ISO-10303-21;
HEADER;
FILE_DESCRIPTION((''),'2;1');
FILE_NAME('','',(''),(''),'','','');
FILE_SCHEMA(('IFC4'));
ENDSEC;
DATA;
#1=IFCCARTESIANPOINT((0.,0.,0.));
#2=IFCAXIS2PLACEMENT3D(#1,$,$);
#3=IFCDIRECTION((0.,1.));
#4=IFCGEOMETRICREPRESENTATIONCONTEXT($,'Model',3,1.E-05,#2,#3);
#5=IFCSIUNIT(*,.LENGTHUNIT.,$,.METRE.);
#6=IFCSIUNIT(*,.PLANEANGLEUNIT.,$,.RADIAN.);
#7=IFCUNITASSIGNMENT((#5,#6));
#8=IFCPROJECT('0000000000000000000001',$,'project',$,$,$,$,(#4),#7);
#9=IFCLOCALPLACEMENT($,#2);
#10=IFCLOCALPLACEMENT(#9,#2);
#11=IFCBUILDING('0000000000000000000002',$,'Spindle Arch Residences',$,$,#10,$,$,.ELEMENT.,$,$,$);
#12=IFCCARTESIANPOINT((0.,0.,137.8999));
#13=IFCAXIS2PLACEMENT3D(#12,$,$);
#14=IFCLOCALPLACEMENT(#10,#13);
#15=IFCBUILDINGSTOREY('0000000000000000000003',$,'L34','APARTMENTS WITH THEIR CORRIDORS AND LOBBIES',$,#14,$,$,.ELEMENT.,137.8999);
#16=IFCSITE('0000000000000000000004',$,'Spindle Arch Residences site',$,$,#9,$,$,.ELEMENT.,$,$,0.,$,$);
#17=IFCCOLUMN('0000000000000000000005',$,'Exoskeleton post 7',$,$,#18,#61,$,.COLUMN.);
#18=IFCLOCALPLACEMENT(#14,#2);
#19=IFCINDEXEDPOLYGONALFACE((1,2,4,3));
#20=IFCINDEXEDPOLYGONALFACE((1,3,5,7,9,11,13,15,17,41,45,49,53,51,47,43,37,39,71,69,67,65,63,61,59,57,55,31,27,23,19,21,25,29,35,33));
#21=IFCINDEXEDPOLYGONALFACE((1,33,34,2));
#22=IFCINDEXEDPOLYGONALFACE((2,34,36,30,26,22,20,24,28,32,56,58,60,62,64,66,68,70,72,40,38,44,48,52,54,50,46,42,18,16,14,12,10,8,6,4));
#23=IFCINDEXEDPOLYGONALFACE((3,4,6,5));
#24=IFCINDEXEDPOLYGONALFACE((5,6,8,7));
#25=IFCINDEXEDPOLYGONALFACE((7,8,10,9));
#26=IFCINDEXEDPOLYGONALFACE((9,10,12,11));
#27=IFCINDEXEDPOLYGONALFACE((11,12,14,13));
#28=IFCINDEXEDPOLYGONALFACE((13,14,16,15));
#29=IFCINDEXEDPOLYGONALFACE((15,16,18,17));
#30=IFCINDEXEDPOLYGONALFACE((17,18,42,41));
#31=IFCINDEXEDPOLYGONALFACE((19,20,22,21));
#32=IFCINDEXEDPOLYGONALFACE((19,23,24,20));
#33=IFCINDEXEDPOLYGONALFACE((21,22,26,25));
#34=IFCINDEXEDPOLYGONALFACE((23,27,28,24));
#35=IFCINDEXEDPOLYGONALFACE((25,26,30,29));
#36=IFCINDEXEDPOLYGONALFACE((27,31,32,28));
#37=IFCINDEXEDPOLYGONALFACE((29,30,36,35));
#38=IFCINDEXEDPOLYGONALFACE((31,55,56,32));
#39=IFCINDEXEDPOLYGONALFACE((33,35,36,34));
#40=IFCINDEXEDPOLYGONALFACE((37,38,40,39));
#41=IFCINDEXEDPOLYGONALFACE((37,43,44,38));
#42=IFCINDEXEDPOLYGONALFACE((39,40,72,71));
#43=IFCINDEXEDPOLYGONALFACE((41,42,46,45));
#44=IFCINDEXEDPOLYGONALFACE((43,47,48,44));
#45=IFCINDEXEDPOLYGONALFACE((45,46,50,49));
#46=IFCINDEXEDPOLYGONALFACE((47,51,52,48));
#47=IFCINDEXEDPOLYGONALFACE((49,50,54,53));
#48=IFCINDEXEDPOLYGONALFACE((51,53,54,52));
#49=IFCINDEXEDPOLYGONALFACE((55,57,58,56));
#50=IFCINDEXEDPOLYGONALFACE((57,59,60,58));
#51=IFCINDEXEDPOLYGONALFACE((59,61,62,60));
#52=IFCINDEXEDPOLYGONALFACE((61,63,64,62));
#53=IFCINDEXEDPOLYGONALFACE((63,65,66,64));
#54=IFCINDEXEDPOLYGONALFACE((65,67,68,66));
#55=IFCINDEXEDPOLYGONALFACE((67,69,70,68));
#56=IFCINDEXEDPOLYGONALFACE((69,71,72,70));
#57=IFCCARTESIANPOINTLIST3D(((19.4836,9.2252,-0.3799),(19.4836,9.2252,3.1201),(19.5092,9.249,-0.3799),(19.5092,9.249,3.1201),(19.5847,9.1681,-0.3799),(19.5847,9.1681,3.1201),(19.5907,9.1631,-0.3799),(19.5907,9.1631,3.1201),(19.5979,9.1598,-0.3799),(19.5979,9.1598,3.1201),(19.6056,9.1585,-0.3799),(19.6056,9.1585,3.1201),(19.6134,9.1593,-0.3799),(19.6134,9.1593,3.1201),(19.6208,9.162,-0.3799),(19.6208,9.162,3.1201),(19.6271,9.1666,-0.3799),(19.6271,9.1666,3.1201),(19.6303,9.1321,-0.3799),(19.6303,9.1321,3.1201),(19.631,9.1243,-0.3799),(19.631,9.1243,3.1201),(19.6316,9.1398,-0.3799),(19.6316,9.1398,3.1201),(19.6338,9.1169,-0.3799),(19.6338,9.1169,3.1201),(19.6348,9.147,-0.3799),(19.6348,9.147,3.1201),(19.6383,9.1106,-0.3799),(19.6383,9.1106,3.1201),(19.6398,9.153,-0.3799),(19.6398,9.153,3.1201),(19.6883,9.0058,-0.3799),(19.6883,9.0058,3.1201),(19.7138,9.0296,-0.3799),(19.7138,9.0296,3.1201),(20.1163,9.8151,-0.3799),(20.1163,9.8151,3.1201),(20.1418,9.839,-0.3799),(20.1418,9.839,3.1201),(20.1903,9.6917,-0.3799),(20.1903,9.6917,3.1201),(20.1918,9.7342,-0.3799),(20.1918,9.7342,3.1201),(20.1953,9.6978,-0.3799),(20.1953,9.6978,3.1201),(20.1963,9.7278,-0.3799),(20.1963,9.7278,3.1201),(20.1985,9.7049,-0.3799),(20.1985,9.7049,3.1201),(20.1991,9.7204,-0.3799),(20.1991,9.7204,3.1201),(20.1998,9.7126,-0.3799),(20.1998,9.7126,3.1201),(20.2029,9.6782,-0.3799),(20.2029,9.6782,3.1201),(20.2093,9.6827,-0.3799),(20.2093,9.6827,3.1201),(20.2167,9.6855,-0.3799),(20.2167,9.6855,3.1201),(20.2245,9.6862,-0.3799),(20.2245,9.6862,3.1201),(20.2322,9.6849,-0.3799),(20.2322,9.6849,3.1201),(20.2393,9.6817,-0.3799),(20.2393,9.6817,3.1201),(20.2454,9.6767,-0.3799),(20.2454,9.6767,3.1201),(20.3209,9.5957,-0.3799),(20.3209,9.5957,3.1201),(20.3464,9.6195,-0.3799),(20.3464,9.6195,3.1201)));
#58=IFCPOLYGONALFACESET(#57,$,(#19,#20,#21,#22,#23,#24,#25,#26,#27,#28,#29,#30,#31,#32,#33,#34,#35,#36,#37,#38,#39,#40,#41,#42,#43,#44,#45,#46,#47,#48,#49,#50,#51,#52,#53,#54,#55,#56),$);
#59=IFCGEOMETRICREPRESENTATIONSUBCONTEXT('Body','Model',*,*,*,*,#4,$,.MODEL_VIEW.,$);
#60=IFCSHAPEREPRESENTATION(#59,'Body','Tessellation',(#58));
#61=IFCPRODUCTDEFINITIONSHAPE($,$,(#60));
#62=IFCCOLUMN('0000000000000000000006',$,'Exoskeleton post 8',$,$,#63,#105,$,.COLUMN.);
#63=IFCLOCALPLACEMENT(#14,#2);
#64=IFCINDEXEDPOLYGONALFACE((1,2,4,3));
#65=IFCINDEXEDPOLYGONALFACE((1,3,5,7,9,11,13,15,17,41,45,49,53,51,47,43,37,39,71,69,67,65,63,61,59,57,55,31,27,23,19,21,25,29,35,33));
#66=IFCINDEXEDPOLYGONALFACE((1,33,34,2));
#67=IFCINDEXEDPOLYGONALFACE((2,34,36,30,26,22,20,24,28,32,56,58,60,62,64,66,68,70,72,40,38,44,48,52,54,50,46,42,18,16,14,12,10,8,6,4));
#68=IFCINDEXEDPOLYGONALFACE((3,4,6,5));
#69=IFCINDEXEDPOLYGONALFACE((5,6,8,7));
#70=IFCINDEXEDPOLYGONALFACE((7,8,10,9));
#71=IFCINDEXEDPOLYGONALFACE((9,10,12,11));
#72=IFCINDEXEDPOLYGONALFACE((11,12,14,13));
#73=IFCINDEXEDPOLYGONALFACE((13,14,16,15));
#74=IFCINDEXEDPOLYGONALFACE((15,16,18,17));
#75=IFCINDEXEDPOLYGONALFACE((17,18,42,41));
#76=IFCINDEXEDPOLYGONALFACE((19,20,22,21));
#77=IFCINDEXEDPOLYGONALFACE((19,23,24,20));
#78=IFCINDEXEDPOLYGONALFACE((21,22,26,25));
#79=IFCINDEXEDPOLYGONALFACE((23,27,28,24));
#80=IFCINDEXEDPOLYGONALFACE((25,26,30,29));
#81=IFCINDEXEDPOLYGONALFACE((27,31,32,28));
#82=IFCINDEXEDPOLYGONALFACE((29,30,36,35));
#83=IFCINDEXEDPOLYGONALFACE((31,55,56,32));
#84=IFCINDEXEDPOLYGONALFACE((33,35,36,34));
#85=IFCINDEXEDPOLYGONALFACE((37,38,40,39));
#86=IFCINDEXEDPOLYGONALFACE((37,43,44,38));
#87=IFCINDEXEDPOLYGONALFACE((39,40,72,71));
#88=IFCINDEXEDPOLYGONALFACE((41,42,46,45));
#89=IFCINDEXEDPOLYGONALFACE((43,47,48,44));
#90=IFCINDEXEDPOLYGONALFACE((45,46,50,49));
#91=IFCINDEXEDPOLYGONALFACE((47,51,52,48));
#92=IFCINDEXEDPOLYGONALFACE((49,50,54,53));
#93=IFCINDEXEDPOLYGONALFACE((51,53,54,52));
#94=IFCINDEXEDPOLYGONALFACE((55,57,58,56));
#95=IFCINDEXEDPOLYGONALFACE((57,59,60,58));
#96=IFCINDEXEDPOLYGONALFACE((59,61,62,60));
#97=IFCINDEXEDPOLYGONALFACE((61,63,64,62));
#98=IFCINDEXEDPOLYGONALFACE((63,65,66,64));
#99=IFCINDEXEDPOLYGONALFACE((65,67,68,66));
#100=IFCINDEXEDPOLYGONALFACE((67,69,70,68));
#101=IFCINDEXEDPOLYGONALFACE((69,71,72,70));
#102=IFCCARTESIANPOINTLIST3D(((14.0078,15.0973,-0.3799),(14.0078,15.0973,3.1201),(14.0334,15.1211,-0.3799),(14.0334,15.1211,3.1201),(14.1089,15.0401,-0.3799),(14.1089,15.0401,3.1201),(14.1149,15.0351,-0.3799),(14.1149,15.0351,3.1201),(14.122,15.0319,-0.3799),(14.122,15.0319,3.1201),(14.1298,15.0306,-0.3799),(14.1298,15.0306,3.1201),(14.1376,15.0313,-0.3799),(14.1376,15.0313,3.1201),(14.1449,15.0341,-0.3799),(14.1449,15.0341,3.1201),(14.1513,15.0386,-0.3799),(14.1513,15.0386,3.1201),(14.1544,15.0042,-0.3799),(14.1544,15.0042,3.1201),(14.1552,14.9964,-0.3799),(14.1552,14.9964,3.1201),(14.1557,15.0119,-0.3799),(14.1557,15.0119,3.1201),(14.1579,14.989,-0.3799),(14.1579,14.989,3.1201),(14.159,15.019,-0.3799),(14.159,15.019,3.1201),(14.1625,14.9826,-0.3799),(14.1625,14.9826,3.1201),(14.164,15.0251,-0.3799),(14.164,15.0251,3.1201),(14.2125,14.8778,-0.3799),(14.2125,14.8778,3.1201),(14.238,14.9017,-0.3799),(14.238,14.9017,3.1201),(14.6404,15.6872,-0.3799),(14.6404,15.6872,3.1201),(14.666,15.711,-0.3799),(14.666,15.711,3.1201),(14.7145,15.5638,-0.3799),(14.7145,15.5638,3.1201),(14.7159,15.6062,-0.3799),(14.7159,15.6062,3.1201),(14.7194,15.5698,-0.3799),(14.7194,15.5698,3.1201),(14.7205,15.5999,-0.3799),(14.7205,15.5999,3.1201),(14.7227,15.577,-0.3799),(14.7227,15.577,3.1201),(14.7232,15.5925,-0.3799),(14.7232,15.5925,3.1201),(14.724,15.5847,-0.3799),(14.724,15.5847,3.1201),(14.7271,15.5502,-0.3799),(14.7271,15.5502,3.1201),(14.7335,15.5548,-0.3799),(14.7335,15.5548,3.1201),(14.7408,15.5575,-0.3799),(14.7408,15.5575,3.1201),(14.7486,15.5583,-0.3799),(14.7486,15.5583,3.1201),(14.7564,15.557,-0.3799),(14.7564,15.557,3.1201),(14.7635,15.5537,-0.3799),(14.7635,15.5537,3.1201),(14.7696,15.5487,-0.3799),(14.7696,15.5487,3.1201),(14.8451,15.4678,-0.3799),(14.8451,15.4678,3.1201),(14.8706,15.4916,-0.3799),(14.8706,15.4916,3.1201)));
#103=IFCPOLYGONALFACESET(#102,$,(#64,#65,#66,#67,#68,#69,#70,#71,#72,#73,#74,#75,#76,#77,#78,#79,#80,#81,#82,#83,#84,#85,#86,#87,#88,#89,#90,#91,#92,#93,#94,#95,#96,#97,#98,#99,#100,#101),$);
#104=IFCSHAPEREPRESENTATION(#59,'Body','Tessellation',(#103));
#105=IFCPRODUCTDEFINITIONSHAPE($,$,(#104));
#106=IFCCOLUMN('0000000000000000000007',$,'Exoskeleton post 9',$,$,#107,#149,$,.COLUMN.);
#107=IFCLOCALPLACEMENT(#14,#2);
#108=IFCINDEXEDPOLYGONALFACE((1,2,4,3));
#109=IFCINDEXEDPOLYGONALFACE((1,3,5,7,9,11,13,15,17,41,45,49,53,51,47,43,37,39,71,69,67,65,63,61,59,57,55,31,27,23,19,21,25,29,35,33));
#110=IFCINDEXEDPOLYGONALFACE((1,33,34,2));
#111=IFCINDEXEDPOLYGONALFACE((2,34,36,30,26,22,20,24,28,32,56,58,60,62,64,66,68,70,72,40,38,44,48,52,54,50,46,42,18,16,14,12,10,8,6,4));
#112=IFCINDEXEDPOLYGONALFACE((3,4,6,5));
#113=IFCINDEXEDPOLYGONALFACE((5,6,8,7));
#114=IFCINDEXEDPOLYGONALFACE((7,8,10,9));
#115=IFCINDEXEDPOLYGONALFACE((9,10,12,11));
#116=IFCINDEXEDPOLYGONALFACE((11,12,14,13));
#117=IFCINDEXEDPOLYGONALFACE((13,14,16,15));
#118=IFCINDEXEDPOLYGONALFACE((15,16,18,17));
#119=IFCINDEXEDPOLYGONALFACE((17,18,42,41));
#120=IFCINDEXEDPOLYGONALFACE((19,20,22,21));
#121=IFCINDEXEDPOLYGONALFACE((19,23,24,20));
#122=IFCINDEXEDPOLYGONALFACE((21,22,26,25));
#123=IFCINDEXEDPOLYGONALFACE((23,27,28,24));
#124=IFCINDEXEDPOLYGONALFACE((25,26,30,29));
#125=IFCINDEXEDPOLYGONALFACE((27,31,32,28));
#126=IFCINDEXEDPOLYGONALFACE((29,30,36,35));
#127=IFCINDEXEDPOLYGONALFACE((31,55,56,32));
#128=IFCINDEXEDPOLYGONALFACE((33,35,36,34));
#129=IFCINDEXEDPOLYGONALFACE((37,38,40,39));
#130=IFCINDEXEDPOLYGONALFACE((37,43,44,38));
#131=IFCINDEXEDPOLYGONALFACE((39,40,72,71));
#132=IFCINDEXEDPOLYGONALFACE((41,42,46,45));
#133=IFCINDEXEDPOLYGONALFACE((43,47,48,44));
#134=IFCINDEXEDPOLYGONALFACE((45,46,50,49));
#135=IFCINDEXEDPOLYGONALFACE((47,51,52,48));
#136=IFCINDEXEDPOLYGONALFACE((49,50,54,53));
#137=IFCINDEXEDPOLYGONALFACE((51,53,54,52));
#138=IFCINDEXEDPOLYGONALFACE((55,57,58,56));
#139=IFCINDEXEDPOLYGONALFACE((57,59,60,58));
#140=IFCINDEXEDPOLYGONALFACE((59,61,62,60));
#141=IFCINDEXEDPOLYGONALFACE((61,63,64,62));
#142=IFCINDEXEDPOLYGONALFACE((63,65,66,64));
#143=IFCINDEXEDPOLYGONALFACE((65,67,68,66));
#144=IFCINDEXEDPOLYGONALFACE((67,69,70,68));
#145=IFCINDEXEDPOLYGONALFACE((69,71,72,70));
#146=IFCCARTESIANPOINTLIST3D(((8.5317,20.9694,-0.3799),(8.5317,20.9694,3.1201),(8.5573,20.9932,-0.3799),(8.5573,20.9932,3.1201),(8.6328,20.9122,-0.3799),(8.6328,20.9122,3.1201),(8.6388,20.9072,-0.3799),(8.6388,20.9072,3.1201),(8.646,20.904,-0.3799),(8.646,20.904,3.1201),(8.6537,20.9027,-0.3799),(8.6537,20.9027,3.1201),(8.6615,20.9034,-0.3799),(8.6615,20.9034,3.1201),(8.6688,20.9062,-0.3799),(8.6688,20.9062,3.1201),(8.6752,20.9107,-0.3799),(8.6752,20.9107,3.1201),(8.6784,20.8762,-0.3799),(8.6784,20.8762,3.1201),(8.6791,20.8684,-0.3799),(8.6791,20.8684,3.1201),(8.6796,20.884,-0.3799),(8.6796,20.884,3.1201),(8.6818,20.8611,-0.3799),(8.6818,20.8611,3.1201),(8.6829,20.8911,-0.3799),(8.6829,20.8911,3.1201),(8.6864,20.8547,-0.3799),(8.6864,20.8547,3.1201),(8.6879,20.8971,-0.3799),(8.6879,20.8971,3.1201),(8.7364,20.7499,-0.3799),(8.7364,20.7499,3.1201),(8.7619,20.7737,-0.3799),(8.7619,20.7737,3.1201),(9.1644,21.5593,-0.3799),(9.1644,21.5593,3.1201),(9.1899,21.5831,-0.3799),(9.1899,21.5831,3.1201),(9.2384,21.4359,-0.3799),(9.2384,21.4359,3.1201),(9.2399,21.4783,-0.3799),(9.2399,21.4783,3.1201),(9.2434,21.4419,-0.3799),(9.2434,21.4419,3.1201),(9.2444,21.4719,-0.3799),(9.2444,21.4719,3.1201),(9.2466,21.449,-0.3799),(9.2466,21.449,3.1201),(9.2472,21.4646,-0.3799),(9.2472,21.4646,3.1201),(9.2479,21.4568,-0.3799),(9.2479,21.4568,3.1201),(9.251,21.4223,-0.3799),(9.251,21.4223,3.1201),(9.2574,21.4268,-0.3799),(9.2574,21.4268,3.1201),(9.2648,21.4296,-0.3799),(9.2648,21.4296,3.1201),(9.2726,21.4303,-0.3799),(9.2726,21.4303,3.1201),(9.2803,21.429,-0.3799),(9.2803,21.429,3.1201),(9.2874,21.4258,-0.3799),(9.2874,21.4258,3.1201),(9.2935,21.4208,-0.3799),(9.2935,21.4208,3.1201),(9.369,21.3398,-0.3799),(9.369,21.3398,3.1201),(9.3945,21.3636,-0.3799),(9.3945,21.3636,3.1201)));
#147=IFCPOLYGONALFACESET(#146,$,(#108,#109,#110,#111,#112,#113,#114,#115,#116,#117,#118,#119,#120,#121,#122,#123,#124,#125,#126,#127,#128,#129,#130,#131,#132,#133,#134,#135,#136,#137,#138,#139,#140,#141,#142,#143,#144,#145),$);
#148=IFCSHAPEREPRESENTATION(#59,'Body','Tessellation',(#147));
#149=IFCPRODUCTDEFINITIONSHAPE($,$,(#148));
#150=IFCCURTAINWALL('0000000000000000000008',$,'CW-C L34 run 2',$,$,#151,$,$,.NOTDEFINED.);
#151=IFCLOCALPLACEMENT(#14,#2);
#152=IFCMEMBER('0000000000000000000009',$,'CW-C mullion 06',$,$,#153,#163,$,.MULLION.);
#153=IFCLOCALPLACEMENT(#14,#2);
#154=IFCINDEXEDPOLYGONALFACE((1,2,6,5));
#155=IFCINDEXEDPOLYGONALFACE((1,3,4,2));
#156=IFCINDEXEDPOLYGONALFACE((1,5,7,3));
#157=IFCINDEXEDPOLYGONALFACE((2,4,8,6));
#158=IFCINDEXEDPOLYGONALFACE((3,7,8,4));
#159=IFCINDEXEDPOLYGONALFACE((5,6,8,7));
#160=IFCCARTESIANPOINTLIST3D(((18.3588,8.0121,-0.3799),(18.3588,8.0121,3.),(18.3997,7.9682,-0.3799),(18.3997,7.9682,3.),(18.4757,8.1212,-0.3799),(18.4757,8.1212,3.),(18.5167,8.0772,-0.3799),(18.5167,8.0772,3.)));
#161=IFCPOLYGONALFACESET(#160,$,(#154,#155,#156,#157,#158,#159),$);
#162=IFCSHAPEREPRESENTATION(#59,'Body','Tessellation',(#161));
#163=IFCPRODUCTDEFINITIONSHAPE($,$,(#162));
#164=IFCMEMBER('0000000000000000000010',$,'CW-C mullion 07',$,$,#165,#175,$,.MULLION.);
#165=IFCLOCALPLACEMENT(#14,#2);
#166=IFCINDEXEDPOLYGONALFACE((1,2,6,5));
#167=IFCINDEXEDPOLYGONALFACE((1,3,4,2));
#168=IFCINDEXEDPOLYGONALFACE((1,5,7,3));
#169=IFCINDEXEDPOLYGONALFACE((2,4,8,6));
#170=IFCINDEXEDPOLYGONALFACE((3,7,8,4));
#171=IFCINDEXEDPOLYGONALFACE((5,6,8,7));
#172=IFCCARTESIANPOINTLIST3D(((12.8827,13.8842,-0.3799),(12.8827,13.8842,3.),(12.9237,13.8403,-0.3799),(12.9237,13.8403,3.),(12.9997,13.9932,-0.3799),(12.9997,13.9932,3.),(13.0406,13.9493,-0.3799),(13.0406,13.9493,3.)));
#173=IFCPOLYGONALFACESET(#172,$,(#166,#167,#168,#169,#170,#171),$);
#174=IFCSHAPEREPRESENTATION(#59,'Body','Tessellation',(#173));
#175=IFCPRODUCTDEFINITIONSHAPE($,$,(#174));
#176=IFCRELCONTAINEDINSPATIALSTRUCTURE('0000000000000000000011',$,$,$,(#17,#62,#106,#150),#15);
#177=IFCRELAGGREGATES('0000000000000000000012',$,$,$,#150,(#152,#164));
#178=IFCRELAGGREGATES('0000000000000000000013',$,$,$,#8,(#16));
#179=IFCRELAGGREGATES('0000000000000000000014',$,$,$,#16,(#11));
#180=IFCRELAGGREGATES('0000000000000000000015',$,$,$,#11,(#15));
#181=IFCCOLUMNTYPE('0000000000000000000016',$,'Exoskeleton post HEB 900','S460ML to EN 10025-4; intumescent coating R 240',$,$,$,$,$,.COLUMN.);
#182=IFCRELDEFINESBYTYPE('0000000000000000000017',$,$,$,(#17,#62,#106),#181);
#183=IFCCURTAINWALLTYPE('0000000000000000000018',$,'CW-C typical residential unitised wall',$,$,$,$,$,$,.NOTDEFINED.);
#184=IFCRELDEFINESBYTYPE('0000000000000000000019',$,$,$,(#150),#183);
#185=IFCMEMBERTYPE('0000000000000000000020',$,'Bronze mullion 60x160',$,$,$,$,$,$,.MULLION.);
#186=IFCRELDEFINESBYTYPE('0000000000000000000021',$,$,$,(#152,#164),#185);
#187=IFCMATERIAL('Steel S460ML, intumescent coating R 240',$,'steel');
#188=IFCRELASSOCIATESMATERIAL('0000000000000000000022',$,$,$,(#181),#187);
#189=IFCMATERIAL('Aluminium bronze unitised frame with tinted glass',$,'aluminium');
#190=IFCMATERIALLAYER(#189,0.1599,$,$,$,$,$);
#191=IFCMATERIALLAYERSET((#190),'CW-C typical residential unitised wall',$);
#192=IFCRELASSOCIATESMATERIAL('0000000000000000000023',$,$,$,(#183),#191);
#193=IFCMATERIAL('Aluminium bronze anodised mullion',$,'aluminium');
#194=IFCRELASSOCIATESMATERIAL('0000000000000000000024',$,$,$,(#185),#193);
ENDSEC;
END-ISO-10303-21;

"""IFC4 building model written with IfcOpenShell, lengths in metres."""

from ifc_helpers import new_model, si_unit, direction, frame, origin, origin_2d, place, context, subcontext, project, spatial, rectangle, i_section, extrude, material, layer, layer_set, material_profile, profile_set, type_object, element, aggregate, save


model = new_model("IFC4")

# Units and contexts
model_context = context("Model", 3, precision=1e-05, world=origin(), true_north=direction((0.0, 1.0)))
body_context = subcontext(model_context, "Body", "Model", "MODEL_VIEW")
ifc_project = project(units=[si_unit("LENGTHUNIT", "METRE"), si_unit("PLANEANGLEUNIT", "RADIAN")], contexts=[model_context])

# Site, building, storey
site_placement = place(None, origin())
site = spatial("IfcSite", under=ifc_project, at=site_placement, Name="Spindle Arch Residences site", CompositionType="ELEMENT", RefElevation=0.0)
building_placement = place(site_placement, origin())
building = spatial("IfcBuilding", under=site, at=building_placement, Name="Spindle Arch Residences", CompositionType="ELEMENT")
storey_placement = place(building_placement, frame((0.0, 0.0, 137.8999)))
storey = spatial("IfcBuildingStorey", under=building, at=storey_placement, Name="L34", Description="APARTMENTS WITH THEIR CORRIDORS AND LOBBIES", CompositionType="ELEMENT", Elevation=137.8999)

# Columns
ifc_material_1 = material(Name="Steel S460ML, intumescent coating R 240", Category="steel")
ifc_material_profile_1 = material_profile(ifc_material_1, i_section(OverallWidth=0.3, OverallDepth=0.8999, WebThickness=0.0186, FlangeThickness=0.0349, FilletRadius=0.03, at=origin_2d()), Name="HEB 900")
ifc_profile_set_1 = profile_set([ifc_material_profile_1], Name="Steel S460ML, intumescent coating R 240")
column_type = type_object("IfcColumnType", Name="Exoskeleton post HEB 900", Description="S460ML to EN 10025-4; intumescent coating R 240", PredefinedType="COLUMN", material=ifc_profile_set_1)
for number, where, z_axis, x_axis, name in (
    (1, (19.915, 9.4224, -0.3799), (0.0, 0.0, 1.0), (0.681998, -0.731354, 0.0), "Exoskeleton post 7"),
    (2, (14.4392, 15.2944, -0.3799), (0.0, 0.0, 1.0), (0.681998, -0.731354, 0.0), "Exoskeleton post 8"),
    (3, (8.9631, 21.1665, -0.3799), (0.0, 0.0, 1.0), (0.681998, -0.731354, 0.0), "Exoskeleton post 9"),
):
    element("IfcColumn", number, at=place(storey_placement, frame(where, z_axis=z_axis, x_axis=x_axis)), inside=storey, type_object=column_type, Name=name, PredefinedType="COLUMN", context=body_context, shape_type="SweptSolid", body=[
        extrude(i_section(OverallWidth=0.3, OverallDepth=0.8999, WebThickness=0.0186, FlangeThickness=0.0349, FilletRadius=0.03, at=origin_2d()), origin(), (0.0, 0.0, 1.0), 3.5),
    ])

# Curtain wall, members
ifc_material_2 = material(Name="Aluminium bronze unitised frame with tinted glass", Category="aluminium")
ifc_layer_1 = layer(ifc_material_2, 0.1599)
ifc_layer_set_1 = layer_set([ifc_layer_1], Name="CW-C typical residential unitised wall")
curtain_wall_type = type_object("IfcCurtainWallType", Name="CW-C typical residential unitised wall", PredefinedType="NOTDEFINED", material=ifc_layer_set_1)
curtain_wall_placement = place(storey_placement, origin())
curtain_wall = element("IfcCurtainWall", 4, at=curtain_wall_placement, inside=storey, type_object=curtain_wall_type, Name="CW-C L34 run 2", PredefinedType="NOTDEFINED")
ifc_material_3 = material(Name="Aluminium bronze anodised mullion", Category="aluminium")
ifc_material_profile_2 = material_profile(ifc_material_3, rectangle(XDim=0.1599, YDim=0.0601, at=origin_2d()), Name="MU 60x160")
ifc_profile_set_2 = profile_set([ifc_material_profile_2], Name="Aluminium bronze anodised mullion")
member_type = type_object("IfcMemberType", Name="Bronze mullion 60x160", PredefinedType="MULLION", material=ifc_profile_set_2)
member_1_placement = place(storey_placement, frame((18.4377, 8.0447, -0.3799), z_axis=(0.0, 0.0, 1.0), x_axis=(-0.731354, -0.681998, 0.0)))
member_1 = element("IfcMember", 5, at=member_1_placement, type_object=member_type, Name="CW-C mullion 06", PredefinedType="MULLION", context=body_context, shape_type="SweptSolid", body=[
    extrude(rectangle(XDim=0.1599, YDim=0.0601, at=origin_2d()), origin(), (0.0, 0.0, 1.0), 3.3799),
])
member_2_placement = place(storey_placement, frame((12.9617, 13.9167, -0.3799), z_axis=(0.0, 0.0, 1.0), x_axis=(-0.731354, -0.681998, 0.0)))
member_2 = element("IfcMember", 6, at=member_2_placement, type_object=member_type, Name="CW-C mullion 07", PredefinedType="MULLION", context=body_context, shape_type="SweptSolid", body=[
    extrude(rectangle(XDim=0.1599, YDim=0.0601, at=origin_2d()), origin(), (0.0, 0.0, 1.0), 3.3799),
])

aggregate(curtain_wall, [member_1, member_2])

save(model, "model.ifc")
